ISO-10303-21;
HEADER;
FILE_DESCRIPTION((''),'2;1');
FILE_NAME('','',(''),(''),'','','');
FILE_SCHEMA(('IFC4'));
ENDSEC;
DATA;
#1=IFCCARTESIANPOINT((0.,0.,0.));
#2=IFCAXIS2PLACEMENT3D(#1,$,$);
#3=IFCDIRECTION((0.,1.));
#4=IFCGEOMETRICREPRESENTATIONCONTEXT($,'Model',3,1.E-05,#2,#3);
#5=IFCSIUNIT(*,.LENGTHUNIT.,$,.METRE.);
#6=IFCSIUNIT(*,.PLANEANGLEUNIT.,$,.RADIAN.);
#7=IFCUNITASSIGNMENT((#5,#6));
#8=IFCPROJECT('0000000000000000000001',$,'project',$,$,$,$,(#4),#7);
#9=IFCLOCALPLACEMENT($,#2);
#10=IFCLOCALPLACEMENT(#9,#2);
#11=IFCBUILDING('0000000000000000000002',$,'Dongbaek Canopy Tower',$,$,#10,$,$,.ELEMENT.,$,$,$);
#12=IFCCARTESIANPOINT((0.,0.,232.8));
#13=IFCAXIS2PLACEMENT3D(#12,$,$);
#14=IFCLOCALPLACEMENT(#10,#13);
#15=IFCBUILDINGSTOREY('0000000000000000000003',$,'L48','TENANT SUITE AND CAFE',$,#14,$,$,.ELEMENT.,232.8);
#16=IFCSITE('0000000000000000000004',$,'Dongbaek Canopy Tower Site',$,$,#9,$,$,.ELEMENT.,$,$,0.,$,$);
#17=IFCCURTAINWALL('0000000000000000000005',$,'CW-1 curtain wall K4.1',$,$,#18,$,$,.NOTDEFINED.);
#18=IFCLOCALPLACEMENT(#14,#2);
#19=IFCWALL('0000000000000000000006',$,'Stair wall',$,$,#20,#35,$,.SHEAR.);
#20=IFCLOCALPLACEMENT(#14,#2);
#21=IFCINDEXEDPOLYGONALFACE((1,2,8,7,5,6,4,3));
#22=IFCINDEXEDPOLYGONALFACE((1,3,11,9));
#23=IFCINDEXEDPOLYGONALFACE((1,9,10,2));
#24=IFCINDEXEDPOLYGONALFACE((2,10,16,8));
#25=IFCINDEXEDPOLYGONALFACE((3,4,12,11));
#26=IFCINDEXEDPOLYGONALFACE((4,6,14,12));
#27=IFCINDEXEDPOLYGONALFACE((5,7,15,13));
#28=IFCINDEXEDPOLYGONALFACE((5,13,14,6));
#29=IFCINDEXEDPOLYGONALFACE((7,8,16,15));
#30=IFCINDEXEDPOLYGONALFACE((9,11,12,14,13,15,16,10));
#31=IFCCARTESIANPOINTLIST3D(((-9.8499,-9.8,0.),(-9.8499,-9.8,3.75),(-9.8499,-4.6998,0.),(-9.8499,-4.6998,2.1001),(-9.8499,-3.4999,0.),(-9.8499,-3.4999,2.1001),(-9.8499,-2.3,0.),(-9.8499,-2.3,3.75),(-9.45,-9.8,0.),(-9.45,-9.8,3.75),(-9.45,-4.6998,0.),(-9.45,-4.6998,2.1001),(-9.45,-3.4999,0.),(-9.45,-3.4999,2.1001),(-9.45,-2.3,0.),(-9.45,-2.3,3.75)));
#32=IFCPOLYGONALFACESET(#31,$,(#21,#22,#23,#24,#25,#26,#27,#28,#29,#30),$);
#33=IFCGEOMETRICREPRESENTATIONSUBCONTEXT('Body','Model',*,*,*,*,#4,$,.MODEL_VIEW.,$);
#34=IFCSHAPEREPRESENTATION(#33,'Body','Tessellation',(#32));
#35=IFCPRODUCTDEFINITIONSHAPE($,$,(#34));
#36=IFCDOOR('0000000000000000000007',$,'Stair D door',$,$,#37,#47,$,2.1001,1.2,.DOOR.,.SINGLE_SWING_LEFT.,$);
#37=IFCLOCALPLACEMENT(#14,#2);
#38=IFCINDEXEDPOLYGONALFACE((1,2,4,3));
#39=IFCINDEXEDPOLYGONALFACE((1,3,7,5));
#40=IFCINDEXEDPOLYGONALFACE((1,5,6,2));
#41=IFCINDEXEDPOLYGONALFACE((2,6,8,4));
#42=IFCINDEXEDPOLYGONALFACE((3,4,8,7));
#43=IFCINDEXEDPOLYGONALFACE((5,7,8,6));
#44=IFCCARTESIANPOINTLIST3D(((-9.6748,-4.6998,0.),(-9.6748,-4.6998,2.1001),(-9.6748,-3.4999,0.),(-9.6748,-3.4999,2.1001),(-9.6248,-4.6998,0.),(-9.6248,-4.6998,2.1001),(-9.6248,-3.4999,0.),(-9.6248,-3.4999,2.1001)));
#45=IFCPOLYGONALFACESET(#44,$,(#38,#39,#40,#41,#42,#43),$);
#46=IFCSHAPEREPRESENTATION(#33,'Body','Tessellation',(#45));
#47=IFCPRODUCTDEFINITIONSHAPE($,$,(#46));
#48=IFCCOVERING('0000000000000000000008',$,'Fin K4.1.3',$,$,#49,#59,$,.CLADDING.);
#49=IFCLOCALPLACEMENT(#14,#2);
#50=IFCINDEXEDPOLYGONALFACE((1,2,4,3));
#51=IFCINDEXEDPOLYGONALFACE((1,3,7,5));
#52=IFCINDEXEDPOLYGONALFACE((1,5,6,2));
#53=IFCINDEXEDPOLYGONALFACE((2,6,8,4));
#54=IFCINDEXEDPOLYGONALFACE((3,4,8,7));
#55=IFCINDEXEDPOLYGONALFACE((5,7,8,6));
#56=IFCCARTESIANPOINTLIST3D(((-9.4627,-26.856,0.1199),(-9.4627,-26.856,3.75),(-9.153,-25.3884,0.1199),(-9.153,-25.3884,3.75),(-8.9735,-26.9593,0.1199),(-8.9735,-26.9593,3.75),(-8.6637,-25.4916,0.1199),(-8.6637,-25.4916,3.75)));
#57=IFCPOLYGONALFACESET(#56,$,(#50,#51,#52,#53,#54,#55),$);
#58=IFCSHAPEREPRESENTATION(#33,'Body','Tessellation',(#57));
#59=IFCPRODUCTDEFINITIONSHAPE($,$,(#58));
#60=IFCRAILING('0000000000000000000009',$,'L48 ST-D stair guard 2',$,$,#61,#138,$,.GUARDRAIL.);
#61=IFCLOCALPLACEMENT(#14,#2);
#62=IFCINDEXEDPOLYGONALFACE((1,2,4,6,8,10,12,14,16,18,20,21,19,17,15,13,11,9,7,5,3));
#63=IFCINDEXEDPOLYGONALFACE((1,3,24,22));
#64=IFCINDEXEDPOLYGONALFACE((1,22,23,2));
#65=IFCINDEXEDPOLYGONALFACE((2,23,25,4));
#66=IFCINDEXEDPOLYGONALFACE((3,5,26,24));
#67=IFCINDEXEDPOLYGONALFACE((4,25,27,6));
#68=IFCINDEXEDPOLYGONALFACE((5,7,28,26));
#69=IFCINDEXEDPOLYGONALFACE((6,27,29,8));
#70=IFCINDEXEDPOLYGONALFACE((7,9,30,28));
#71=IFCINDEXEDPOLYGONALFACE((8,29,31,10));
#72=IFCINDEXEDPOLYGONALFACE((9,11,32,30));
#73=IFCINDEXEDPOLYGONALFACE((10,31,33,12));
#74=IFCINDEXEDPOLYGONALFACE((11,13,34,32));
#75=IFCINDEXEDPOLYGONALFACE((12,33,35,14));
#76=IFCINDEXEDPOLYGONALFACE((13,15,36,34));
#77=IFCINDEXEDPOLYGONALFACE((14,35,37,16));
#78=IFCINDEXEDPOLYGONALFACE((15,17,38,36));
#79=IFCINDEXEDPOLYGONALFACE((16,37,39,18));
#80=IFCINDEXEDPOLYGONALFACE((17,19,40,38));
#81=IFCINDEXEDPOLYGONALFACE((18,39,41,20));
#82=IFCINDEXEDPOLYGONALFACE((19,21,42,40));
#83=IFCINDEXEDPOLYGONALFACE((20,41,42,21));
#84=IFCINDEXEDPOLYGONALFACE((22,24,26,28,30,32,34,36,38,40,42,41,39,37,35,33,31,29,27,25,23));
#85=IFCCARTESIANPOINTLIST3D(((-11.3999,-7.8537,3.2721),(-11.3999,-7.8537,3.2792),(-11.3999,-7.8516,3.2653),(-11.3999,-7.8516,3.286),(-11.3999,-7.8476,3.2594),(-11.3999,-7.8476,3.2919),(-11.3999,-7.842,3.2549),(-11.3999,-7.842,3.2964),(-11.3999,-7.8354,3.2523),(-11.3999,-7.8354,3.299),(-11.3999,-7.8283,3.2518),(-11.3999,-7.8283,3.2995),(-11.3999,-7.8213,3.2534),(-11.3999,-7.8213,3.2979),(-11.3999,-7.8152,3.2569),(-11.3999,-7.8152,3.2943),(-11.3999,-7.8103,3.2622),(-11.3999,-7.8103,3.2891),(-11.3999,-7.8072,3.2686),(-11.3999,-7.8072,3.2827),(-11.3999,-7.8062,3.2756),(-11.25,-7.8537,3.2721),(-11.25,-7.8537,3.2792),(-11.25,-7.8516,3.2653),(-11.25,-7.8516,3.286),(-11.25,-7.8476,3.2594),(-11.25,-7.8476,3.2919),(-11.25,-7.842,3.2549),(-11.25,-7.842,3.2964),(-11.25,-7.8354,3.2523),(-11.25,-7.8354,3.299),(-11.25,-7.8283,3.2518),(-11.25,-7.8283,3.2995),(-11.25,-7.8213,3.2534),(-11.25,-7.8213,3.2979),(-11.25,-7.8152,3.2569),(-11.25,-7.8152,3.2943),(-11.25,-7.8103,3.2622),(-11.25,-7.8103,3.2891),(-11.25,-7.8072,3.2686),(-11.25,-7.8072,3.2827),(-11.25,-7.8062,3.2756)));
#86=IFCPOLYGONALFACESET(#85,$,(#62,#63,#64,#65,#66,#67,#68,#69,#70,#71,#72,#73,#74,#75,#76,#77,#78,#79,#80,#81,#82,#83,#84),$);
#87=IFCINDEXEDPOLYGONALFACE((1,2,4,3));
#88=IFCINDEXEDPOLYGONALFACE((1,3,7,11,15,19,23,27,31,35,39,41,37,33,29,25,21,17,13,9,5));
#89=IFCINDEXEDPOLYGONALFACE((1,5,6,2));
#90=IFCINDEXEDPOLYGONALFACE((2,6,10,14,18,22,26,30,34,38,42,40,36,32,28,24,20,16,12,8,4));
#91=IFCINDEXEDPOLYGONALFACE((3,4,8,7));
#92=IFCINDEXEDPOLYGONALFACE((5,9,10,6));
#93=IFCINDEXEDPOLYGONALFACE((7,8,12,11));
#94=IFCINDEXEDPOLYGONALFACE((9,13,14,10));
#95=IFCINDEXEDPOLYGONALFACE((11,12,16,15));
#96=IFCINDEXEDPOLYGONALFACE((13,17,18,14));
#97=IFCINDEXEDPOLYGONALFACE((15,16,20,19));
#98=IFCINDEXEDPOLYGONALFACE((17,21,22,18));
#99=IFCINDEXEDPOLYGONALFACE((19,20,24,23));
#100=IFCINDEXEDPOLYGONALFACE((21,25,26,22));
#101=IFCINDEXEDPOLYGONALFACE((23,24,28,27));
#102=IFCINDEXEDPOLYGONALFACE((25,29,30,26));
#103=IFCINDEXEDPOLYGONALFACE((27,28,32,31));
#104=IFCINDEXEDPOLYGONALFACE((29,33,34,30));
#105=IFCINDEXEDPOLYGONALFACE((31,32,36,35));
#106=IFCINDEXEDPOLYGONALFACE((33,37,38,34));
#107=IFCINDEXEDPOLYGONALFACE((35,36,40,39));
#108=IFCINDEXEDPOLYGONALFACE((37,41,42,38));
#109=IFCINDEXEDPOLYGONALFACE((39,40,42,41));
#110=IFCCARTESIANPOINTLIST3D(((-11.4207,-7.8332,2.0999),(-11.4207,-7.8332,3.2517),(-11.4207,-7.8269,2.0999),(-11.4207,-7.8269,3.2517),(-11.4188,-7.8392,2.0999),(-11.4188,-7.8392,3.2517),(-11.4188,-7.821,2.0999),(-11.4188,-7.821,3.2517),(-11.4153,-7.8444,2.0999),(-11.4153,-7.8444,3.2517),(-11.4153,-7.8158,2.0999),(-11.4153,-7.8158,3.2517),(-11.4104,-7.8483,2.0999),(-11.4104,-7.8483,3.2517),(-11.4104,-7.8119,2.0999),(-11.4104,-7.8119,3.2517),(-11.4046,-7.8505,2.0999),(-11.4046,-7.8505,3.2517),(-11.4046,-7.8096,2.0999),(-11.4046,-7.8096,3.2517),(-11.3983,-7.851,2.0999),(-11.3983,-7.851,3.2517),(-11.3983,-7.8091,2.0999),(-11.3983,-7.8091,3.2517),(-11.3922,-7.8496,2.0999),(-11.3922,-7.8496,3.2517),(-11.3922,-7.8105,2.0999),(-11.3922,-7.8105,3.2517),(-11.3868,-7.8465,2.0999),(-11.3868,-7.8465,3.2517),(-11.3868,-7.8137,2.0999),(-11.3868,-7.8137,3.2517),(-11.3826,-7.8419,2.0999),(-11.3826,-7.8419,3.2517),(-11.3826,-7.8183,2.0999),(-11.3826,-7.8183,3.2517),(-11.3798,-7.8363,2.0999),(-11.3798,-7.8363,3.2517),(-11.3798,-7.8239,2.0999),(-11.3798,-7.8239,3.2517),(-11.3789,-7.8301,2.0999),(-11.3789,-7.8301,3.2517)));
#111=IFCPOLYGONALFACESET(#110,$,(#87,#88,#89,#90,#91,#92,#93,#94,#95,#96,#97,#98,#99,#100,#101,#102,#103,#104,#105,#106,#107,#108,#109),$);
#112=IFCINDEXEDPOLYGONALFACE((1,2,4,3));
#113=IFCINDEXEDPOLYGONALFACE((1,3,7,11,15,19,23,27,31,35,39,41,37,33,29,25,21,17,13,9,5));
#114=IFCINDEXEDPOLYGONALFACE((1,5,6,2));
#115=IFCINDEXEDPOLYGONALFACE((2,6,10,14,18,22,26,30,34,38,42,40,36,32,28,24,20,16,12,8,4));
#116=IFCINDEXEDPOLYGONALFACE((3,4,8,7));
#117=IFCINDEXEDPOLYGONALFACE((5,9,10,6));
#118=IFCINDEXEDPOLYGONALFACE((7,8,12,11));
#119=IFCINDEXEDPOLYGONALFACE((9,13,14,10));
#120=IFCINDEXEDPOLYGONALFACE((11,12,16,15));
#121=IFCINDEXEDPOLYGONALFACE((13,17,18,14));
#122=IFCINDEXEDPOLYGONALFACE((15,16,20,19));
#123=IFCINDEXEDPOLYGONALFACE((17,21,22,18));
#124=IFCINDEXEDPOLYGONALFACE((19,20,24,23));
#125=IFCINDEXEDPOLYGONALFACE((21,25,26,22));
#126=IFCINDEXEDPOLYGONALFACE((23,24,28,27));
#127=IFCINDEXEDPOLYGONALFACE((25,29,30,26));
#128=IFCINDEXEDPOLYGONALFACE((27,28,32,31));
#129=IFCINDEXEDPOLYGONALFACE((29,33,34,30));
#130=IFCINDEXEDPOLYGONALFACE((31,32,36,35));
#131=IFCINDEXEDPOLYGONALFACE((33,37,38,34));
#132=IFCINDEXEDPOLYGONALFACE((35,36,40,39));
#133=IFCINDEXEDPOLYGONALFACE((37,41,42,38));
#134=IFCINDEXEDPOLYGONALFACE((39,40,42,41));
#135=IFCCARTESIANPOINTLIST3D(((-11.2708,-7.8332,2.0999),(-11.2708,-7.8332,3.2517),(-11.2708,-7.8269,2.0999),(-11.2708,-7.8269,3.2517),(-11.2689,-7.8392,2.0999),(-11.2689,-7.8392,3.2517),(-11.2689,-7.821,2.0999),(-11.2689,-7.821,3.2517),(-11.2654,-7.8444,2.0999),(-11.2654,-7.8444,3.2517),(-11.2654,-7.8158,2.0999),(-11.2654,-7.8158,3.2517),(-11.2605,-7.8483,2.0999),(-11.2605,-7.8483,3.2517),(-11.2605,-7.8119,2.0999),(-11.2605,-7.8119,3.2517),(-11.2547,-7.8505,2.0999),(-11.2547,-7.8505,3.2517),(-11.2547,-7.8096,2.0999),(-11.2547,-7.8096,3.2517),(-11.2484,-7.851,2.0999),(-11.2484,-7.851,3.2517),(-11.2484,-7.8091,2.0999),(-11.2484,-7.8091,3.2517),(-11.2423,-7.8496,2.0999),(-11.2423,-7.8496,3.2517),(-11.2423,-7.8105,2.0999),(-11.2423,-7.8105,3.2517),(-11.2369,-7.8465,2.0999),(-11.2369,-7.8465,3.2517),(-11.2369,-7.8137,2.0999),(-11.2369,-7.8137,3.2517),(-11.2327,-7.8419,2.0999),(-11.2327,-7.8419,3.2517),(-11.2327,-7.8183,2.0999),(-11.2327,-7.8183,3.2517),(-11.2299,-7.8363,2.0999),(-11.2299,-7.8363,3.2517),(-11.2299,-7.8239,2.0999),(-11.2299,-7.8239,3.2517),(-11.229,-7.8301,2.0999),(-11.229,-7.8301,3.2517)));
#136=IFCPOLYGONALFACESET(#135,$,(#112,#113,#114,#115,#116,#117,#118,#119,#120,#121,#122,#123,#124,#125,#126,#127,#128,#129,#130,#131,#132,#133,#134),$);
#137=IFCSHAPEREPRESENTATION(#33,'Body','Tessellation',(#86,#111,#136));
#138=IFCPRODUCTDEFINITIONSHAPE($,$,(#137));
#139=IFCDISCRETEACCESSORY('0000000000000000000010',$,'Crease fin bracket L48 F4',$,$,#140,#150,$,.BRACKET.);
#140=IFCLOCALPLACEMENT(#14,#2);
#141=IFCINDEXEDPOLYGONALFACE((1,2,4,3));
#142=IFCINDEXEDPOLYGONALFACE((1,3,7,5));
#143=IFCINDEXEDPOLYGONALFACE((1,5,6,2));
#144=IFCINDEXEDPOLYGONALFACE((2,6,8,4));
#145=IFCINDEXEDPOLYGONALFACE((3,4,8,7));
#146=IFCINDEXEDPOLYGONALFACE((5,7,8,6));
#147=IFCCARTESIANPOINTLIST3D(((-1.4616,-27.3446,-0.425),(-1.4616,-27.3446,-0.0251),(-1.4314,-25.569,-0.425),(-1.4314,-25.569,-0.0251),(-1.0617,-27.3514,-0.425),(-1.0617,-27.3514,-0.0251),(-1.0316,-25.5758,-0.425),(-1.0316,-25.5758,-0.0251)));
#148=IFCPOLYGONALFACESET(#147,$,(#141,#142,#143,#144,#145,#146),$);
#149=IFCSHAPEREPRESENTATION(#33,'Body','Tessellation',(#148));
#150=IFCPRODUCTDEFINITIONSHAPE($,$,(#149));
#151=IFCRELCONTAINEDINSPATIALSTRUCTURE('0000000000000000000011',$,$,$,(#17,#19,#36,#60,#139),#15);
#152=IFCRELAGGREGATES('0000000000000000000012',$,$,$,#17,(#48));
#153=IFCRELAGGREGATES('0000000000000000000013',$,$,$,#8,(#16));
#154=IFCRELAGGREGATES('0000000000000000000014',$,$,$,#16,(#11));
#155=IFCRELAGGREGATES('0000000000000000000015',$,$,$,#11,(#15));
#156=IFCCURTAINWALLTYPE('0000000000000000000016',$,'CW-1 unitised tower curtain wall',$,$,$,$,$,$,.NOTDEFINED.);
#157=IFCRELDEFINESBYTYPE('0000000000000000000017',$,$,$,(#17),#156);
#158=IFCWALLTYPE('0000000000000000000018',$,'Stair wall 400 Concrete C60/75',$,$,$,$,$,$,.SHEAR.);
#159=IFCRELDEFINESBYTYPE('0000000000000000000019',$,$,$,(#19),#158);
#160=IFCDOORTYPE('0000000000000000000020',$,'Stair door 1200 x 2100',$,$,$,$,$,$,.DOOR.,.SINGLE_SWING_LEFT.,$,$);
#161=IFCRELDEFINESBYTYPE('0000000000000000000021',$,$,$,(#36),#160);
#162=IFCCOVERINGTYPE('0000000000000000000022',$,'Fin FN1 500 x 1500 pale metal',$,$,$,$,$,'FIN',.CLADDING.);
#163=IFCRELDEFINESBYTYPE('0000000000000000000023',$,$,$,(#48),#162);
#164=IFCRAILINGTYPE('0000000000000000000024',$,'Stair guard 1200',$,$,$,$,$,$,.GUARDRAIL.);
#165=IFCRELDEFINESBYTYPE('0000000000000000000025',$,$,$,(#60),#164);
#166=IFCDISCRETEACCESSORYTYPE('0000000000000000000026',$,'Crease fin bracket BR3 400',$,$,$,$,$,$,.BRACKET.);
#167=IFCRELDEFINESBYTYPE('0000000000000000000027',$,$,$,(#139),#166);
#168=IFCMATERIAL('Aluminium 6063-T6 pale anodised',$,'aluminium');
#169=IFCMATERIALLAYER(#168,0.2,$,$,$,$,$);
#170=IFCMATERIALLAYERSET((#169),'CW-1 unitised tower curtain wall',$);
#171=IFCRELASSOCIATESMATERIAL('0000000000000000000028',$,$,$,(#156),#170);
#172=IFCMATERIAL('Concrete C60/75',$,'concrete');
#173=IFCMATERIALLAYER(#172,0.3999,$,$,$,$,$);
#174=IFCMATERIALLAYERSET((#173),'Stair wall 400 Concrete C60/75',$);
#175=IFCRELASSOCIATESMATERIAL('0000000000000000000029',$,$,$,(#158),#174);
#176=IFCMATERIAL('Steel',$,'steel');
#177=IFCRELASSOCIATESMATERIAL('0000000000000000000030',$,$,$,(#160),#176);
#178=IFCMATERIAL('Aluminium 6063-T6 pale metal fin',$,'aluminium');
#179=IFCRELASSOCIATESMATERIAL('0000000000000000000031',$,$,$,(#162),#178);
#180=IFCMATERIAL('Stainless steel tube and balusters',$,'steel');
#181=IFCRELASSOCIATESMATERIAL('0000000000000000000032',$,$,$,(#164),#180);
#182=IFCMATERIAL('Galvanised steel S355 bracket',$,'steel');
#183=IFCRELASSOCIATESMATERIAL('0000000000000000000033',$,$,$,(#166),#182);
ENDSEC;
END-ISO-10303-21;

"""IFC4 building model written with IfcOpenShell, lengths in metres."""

from ifc_helpers import new_model, si_unit, direction, frame, frame_2d, origin, origin_2d, place, context, subcontext, project, spatial, rectangle, circle, extrude, material, layer, layer_set, material_profile, profile_set, type_object, element, fill, aggregate, save


model = new_model("IFC4")

# Units and contexts
model_context = context("Model", 3, precision=1e-05, world=origin(), true_north=direction((0.0, 1.0)))
body_context = subcontext(model_context, "Body", "Model", "MODEL_VIEW")
ifc_project = project(units=[si_unit("LENGTHUNIT", "METRE"), si_unit("PLANEANGLEUNIT", "RADIAN")], contexts=[model_context])

# Site, building, storey
site_placement = place(None, origin())
site = spatial("IfcSite", under=ifc_project, at=site_placement, Name="Dongbaek Canopy Tower Site", CompositionType="ELEMENT", RefElevation=0.0)
building_placement = place(site_placement, origin())
building = spatial("IfcBuilding", under=site, at=building_placement, Name="Dongbaek Canopy Tower", CompositionType="ELEMENT")
storey_placement = place(building_placement, frame((0.0, 0.0, 232.8)))
storey = spatial("IfcBuildingStorey", under=building, at=storey_placement, Name="L48", Description="TENANT SUITE AND CAFE", CompositionType="ELEMENT", Elevation=232.8)

# Shared definitions
ifc_material_1 = material(Name="Aluminium 6063-T6 pale anodised", Category="aluminium")
ifc_layer_1 = layer(ifc_material_1, 0.2)
ifc_layer_set_1 = layer_set([ifc_layer_1], Name="CW-1 unitised tower curtain wall")
curtain_wall_type = type_object("IfcCurtainWallType", Name="CW-1 unitised tower curtain wall", PredefinedType="NOTDEFINED", material=ifc_layer_set_1)

# Curtain wall
curtain_wall_1_placement = place(storey_placement, origin())
curtain_wall_1 = element("IfcCurtainWall", 1, at=curtain_wall_1_placement, inside=storey, type_object=curtain_wall_type, Name="CW-1 curtain wall K4.1", PredefinedType="NOTDEFINED")

# Wall, opening, door
ifc_material_2 = material(Name="Concrete C60/75", Category="concrete")
ifc_layer_2 = layer(ifc_material_2, 0.3999)
ifc_layer_set_2 = layer_set([ifc_layer_2], Name="Stair wall 400 Concrete C60/75")
wall_type_1 = type_object("IfcWallType", Name="Stair wall 400 Concrete C60/75", PredefinedType="SHEAR", material=ifc_layer_set_2)
wall_1_placement = place(storey_placement, frame((-9.6499, -9.8, 0.0), z_axis=(0.0, 0.0, 1.0), x_axis=(0.0, 1.0, 0.0)))
wall_1 = element("IfcWall", 2, at=wall_1_placement, inside=storey, type_object=wall_type_1, Name="Stair wall", PredefinedType="SHEAR", context=body_context, shape_type="SweptSolid", body=[
    extrude(rectangle(XDim=7.5, YDim=0.3999, at=frame_2d((3.75, 0.0))), origin(), (0.0, 0.0, 1.0), 3.75),
])
opening_placement = place(wall_1_placement, frame((5.1001, 0.0, 0.0)))
opening = element("IfcOpeningElement", 3, at=opening_placement, cuts=wall_1, PredefinedType="OPENING", context=body_context, shape_type="SweptSolid", body=[
    extrude(rectangle(XDim=1.2, YDim=2.1001, at=frame_2d((0.6001, 1.05))), frame((0.0, 0.21, 0.0), z_axis=(0.0, -1.0, 0.0), x_axis=(1.0, 0.0, 0.0)), (0.0, 0.0, 1.0), 0.4199),
])
ifc_material_3 = material(Name="Steel", Category="steel")
door_type = type_object("IfcDoorType", Name="Stair door 1200 x 2100", OperationType="SINGLE_SWING_LEFT", PredefinedType="DOOR", material=ifc_material_3)
door_placement = place(opening_placement, origin())
door = element("IfcDoor", 4, at=door_placement, inside=storey, type_object=door_type, Name="Stair D door", OperationType="SINGLE_SWING_LEFT", OverallHeight=2.1001, OverallWidth=1.2, PredefinedType="DOOR", context=body_context, shape_type="SweptSolid", body=[
    extrude(rectangle(XDim=1.2, YDim=2.1001, at=frame_2d((0.6001, 1.05))), frame((0.0, 0.0249, 0.0), z_axis=(0.0, -1.0, 0.0), x_axis=(1.0, 0.0, 0.0)), (0.0, 0.0, 1.0), 0.05),
])
fill(opening, door)

# Covering
ifc_material_4 = material(Name="Aluminium 6063-T6 pale metal fin", Category="aluminium")
ifc_material_profile_1 = material_profile(ifc_material_4, rectangle(XDim=1.5, YDim=0.5, at=origin_2d()), Name="Fin FN1 500 x 1500 pale metal")
ifc_profile_set_1 = profile_set([ifc_material_profile_1], Name="Aluminium 6063-T6 pale metal fin")
covering_type = type_object("IfcCoveringType", Name="Fin FN1 500 x 1500 pale metal", ElementType="FIN", PredefinedType="CLADDING", material=ifc_profile_set_1)
covering_placement = place(storey_placement, frame((-9.0632, -26.1738, 0.1199), z_axis=(0.0, 0.0, 1.0), x_axis=(-0.206516, -0.978443, 0.0)))
covering = element("IfcCovering", 5, at=covering_placement, type_object=covering_type, Name="Fin K4.1.3", PredefinedType="CLADDING", context=body_context, shape_type="SweptSolid", body=[
    extrude(rectangle(XDim=1.5, YDim=0.5, at=origin_2d()), origin(), (0.0, 0.0, 1.0), 3.6301),
])
aggregate(curtain_wall_1, [covering])

# Railing
ifc_material_5 = material(Name="Stainless steel tube and balusters", Category="steel")
railing_type = type_object("IfcRailingType", Name="Stair guard 1200", PredefinedType="GUARDRAIL", material=ifc_material_5)
railing_placement = place(storey_placement, frame((-11.3999, -7.8301, 2.0999)))
element("IfcRailing", 6, at=railing_placement, inside=storey, type_object=railing_type, Name="L48 ST-D stair guard 2", PredefinedType="GUARDRAIL", context=body_context, shape_type="SweptSolid", body=[
    extrude(circle(Radius=0.0239, at=origin_2d()), frame((0.0, 0.0, 1.1758), z_axis=(1.0, 0.0, 0.0), x_axis=(0.0, 1.0, 0.0)), (0.0, 0.0, 1.0), 0.1499),
    extrude(circle(Radius=0.021, at=origin_2d()), origin(), (0.0, 0.0, 1.0), 1.1519),
    extrude(circle(Radius=0.021, at=origin_2d()), frame((0.1499, 0.0, 0.0)), (0.0, 0.0, 1.0), 1.1519),
])

# Discrete accessory
ifc_material_6 = material(Name="Galvanised steel S355 bracket", Category="steel")
discrete_accessory_type = type_object("IfcDiscreteAccessoryType", Name="Crease fin bracket BR3 400", PredefinedType="BRACKET", material=ifc_material_6)
discrete_accessory_placement = place(storey_placement, frame((-1.2466, -26.4602, -0.425), z_axis=(0.0, 0.0, 1.0), x_axis=(-0.016993, -0.999856, 0.0)))
element("IfcDiscreteAccessory", 7, at=discrete_accessory_placement, inside=storey, type_object=discrete_accessory_type, Name="Crease fin bracket L48 F4", PredefinedType="BRACKET", context=body_context, shape_type="SweptSolid", body=[
    extrude(rectangle(XDim=1.7759, YDim=0.3999, at=origin_2d()), origin(), (0.0, 0.0, 1.0), 0.3999),
])

save(model, "model.ifc")
